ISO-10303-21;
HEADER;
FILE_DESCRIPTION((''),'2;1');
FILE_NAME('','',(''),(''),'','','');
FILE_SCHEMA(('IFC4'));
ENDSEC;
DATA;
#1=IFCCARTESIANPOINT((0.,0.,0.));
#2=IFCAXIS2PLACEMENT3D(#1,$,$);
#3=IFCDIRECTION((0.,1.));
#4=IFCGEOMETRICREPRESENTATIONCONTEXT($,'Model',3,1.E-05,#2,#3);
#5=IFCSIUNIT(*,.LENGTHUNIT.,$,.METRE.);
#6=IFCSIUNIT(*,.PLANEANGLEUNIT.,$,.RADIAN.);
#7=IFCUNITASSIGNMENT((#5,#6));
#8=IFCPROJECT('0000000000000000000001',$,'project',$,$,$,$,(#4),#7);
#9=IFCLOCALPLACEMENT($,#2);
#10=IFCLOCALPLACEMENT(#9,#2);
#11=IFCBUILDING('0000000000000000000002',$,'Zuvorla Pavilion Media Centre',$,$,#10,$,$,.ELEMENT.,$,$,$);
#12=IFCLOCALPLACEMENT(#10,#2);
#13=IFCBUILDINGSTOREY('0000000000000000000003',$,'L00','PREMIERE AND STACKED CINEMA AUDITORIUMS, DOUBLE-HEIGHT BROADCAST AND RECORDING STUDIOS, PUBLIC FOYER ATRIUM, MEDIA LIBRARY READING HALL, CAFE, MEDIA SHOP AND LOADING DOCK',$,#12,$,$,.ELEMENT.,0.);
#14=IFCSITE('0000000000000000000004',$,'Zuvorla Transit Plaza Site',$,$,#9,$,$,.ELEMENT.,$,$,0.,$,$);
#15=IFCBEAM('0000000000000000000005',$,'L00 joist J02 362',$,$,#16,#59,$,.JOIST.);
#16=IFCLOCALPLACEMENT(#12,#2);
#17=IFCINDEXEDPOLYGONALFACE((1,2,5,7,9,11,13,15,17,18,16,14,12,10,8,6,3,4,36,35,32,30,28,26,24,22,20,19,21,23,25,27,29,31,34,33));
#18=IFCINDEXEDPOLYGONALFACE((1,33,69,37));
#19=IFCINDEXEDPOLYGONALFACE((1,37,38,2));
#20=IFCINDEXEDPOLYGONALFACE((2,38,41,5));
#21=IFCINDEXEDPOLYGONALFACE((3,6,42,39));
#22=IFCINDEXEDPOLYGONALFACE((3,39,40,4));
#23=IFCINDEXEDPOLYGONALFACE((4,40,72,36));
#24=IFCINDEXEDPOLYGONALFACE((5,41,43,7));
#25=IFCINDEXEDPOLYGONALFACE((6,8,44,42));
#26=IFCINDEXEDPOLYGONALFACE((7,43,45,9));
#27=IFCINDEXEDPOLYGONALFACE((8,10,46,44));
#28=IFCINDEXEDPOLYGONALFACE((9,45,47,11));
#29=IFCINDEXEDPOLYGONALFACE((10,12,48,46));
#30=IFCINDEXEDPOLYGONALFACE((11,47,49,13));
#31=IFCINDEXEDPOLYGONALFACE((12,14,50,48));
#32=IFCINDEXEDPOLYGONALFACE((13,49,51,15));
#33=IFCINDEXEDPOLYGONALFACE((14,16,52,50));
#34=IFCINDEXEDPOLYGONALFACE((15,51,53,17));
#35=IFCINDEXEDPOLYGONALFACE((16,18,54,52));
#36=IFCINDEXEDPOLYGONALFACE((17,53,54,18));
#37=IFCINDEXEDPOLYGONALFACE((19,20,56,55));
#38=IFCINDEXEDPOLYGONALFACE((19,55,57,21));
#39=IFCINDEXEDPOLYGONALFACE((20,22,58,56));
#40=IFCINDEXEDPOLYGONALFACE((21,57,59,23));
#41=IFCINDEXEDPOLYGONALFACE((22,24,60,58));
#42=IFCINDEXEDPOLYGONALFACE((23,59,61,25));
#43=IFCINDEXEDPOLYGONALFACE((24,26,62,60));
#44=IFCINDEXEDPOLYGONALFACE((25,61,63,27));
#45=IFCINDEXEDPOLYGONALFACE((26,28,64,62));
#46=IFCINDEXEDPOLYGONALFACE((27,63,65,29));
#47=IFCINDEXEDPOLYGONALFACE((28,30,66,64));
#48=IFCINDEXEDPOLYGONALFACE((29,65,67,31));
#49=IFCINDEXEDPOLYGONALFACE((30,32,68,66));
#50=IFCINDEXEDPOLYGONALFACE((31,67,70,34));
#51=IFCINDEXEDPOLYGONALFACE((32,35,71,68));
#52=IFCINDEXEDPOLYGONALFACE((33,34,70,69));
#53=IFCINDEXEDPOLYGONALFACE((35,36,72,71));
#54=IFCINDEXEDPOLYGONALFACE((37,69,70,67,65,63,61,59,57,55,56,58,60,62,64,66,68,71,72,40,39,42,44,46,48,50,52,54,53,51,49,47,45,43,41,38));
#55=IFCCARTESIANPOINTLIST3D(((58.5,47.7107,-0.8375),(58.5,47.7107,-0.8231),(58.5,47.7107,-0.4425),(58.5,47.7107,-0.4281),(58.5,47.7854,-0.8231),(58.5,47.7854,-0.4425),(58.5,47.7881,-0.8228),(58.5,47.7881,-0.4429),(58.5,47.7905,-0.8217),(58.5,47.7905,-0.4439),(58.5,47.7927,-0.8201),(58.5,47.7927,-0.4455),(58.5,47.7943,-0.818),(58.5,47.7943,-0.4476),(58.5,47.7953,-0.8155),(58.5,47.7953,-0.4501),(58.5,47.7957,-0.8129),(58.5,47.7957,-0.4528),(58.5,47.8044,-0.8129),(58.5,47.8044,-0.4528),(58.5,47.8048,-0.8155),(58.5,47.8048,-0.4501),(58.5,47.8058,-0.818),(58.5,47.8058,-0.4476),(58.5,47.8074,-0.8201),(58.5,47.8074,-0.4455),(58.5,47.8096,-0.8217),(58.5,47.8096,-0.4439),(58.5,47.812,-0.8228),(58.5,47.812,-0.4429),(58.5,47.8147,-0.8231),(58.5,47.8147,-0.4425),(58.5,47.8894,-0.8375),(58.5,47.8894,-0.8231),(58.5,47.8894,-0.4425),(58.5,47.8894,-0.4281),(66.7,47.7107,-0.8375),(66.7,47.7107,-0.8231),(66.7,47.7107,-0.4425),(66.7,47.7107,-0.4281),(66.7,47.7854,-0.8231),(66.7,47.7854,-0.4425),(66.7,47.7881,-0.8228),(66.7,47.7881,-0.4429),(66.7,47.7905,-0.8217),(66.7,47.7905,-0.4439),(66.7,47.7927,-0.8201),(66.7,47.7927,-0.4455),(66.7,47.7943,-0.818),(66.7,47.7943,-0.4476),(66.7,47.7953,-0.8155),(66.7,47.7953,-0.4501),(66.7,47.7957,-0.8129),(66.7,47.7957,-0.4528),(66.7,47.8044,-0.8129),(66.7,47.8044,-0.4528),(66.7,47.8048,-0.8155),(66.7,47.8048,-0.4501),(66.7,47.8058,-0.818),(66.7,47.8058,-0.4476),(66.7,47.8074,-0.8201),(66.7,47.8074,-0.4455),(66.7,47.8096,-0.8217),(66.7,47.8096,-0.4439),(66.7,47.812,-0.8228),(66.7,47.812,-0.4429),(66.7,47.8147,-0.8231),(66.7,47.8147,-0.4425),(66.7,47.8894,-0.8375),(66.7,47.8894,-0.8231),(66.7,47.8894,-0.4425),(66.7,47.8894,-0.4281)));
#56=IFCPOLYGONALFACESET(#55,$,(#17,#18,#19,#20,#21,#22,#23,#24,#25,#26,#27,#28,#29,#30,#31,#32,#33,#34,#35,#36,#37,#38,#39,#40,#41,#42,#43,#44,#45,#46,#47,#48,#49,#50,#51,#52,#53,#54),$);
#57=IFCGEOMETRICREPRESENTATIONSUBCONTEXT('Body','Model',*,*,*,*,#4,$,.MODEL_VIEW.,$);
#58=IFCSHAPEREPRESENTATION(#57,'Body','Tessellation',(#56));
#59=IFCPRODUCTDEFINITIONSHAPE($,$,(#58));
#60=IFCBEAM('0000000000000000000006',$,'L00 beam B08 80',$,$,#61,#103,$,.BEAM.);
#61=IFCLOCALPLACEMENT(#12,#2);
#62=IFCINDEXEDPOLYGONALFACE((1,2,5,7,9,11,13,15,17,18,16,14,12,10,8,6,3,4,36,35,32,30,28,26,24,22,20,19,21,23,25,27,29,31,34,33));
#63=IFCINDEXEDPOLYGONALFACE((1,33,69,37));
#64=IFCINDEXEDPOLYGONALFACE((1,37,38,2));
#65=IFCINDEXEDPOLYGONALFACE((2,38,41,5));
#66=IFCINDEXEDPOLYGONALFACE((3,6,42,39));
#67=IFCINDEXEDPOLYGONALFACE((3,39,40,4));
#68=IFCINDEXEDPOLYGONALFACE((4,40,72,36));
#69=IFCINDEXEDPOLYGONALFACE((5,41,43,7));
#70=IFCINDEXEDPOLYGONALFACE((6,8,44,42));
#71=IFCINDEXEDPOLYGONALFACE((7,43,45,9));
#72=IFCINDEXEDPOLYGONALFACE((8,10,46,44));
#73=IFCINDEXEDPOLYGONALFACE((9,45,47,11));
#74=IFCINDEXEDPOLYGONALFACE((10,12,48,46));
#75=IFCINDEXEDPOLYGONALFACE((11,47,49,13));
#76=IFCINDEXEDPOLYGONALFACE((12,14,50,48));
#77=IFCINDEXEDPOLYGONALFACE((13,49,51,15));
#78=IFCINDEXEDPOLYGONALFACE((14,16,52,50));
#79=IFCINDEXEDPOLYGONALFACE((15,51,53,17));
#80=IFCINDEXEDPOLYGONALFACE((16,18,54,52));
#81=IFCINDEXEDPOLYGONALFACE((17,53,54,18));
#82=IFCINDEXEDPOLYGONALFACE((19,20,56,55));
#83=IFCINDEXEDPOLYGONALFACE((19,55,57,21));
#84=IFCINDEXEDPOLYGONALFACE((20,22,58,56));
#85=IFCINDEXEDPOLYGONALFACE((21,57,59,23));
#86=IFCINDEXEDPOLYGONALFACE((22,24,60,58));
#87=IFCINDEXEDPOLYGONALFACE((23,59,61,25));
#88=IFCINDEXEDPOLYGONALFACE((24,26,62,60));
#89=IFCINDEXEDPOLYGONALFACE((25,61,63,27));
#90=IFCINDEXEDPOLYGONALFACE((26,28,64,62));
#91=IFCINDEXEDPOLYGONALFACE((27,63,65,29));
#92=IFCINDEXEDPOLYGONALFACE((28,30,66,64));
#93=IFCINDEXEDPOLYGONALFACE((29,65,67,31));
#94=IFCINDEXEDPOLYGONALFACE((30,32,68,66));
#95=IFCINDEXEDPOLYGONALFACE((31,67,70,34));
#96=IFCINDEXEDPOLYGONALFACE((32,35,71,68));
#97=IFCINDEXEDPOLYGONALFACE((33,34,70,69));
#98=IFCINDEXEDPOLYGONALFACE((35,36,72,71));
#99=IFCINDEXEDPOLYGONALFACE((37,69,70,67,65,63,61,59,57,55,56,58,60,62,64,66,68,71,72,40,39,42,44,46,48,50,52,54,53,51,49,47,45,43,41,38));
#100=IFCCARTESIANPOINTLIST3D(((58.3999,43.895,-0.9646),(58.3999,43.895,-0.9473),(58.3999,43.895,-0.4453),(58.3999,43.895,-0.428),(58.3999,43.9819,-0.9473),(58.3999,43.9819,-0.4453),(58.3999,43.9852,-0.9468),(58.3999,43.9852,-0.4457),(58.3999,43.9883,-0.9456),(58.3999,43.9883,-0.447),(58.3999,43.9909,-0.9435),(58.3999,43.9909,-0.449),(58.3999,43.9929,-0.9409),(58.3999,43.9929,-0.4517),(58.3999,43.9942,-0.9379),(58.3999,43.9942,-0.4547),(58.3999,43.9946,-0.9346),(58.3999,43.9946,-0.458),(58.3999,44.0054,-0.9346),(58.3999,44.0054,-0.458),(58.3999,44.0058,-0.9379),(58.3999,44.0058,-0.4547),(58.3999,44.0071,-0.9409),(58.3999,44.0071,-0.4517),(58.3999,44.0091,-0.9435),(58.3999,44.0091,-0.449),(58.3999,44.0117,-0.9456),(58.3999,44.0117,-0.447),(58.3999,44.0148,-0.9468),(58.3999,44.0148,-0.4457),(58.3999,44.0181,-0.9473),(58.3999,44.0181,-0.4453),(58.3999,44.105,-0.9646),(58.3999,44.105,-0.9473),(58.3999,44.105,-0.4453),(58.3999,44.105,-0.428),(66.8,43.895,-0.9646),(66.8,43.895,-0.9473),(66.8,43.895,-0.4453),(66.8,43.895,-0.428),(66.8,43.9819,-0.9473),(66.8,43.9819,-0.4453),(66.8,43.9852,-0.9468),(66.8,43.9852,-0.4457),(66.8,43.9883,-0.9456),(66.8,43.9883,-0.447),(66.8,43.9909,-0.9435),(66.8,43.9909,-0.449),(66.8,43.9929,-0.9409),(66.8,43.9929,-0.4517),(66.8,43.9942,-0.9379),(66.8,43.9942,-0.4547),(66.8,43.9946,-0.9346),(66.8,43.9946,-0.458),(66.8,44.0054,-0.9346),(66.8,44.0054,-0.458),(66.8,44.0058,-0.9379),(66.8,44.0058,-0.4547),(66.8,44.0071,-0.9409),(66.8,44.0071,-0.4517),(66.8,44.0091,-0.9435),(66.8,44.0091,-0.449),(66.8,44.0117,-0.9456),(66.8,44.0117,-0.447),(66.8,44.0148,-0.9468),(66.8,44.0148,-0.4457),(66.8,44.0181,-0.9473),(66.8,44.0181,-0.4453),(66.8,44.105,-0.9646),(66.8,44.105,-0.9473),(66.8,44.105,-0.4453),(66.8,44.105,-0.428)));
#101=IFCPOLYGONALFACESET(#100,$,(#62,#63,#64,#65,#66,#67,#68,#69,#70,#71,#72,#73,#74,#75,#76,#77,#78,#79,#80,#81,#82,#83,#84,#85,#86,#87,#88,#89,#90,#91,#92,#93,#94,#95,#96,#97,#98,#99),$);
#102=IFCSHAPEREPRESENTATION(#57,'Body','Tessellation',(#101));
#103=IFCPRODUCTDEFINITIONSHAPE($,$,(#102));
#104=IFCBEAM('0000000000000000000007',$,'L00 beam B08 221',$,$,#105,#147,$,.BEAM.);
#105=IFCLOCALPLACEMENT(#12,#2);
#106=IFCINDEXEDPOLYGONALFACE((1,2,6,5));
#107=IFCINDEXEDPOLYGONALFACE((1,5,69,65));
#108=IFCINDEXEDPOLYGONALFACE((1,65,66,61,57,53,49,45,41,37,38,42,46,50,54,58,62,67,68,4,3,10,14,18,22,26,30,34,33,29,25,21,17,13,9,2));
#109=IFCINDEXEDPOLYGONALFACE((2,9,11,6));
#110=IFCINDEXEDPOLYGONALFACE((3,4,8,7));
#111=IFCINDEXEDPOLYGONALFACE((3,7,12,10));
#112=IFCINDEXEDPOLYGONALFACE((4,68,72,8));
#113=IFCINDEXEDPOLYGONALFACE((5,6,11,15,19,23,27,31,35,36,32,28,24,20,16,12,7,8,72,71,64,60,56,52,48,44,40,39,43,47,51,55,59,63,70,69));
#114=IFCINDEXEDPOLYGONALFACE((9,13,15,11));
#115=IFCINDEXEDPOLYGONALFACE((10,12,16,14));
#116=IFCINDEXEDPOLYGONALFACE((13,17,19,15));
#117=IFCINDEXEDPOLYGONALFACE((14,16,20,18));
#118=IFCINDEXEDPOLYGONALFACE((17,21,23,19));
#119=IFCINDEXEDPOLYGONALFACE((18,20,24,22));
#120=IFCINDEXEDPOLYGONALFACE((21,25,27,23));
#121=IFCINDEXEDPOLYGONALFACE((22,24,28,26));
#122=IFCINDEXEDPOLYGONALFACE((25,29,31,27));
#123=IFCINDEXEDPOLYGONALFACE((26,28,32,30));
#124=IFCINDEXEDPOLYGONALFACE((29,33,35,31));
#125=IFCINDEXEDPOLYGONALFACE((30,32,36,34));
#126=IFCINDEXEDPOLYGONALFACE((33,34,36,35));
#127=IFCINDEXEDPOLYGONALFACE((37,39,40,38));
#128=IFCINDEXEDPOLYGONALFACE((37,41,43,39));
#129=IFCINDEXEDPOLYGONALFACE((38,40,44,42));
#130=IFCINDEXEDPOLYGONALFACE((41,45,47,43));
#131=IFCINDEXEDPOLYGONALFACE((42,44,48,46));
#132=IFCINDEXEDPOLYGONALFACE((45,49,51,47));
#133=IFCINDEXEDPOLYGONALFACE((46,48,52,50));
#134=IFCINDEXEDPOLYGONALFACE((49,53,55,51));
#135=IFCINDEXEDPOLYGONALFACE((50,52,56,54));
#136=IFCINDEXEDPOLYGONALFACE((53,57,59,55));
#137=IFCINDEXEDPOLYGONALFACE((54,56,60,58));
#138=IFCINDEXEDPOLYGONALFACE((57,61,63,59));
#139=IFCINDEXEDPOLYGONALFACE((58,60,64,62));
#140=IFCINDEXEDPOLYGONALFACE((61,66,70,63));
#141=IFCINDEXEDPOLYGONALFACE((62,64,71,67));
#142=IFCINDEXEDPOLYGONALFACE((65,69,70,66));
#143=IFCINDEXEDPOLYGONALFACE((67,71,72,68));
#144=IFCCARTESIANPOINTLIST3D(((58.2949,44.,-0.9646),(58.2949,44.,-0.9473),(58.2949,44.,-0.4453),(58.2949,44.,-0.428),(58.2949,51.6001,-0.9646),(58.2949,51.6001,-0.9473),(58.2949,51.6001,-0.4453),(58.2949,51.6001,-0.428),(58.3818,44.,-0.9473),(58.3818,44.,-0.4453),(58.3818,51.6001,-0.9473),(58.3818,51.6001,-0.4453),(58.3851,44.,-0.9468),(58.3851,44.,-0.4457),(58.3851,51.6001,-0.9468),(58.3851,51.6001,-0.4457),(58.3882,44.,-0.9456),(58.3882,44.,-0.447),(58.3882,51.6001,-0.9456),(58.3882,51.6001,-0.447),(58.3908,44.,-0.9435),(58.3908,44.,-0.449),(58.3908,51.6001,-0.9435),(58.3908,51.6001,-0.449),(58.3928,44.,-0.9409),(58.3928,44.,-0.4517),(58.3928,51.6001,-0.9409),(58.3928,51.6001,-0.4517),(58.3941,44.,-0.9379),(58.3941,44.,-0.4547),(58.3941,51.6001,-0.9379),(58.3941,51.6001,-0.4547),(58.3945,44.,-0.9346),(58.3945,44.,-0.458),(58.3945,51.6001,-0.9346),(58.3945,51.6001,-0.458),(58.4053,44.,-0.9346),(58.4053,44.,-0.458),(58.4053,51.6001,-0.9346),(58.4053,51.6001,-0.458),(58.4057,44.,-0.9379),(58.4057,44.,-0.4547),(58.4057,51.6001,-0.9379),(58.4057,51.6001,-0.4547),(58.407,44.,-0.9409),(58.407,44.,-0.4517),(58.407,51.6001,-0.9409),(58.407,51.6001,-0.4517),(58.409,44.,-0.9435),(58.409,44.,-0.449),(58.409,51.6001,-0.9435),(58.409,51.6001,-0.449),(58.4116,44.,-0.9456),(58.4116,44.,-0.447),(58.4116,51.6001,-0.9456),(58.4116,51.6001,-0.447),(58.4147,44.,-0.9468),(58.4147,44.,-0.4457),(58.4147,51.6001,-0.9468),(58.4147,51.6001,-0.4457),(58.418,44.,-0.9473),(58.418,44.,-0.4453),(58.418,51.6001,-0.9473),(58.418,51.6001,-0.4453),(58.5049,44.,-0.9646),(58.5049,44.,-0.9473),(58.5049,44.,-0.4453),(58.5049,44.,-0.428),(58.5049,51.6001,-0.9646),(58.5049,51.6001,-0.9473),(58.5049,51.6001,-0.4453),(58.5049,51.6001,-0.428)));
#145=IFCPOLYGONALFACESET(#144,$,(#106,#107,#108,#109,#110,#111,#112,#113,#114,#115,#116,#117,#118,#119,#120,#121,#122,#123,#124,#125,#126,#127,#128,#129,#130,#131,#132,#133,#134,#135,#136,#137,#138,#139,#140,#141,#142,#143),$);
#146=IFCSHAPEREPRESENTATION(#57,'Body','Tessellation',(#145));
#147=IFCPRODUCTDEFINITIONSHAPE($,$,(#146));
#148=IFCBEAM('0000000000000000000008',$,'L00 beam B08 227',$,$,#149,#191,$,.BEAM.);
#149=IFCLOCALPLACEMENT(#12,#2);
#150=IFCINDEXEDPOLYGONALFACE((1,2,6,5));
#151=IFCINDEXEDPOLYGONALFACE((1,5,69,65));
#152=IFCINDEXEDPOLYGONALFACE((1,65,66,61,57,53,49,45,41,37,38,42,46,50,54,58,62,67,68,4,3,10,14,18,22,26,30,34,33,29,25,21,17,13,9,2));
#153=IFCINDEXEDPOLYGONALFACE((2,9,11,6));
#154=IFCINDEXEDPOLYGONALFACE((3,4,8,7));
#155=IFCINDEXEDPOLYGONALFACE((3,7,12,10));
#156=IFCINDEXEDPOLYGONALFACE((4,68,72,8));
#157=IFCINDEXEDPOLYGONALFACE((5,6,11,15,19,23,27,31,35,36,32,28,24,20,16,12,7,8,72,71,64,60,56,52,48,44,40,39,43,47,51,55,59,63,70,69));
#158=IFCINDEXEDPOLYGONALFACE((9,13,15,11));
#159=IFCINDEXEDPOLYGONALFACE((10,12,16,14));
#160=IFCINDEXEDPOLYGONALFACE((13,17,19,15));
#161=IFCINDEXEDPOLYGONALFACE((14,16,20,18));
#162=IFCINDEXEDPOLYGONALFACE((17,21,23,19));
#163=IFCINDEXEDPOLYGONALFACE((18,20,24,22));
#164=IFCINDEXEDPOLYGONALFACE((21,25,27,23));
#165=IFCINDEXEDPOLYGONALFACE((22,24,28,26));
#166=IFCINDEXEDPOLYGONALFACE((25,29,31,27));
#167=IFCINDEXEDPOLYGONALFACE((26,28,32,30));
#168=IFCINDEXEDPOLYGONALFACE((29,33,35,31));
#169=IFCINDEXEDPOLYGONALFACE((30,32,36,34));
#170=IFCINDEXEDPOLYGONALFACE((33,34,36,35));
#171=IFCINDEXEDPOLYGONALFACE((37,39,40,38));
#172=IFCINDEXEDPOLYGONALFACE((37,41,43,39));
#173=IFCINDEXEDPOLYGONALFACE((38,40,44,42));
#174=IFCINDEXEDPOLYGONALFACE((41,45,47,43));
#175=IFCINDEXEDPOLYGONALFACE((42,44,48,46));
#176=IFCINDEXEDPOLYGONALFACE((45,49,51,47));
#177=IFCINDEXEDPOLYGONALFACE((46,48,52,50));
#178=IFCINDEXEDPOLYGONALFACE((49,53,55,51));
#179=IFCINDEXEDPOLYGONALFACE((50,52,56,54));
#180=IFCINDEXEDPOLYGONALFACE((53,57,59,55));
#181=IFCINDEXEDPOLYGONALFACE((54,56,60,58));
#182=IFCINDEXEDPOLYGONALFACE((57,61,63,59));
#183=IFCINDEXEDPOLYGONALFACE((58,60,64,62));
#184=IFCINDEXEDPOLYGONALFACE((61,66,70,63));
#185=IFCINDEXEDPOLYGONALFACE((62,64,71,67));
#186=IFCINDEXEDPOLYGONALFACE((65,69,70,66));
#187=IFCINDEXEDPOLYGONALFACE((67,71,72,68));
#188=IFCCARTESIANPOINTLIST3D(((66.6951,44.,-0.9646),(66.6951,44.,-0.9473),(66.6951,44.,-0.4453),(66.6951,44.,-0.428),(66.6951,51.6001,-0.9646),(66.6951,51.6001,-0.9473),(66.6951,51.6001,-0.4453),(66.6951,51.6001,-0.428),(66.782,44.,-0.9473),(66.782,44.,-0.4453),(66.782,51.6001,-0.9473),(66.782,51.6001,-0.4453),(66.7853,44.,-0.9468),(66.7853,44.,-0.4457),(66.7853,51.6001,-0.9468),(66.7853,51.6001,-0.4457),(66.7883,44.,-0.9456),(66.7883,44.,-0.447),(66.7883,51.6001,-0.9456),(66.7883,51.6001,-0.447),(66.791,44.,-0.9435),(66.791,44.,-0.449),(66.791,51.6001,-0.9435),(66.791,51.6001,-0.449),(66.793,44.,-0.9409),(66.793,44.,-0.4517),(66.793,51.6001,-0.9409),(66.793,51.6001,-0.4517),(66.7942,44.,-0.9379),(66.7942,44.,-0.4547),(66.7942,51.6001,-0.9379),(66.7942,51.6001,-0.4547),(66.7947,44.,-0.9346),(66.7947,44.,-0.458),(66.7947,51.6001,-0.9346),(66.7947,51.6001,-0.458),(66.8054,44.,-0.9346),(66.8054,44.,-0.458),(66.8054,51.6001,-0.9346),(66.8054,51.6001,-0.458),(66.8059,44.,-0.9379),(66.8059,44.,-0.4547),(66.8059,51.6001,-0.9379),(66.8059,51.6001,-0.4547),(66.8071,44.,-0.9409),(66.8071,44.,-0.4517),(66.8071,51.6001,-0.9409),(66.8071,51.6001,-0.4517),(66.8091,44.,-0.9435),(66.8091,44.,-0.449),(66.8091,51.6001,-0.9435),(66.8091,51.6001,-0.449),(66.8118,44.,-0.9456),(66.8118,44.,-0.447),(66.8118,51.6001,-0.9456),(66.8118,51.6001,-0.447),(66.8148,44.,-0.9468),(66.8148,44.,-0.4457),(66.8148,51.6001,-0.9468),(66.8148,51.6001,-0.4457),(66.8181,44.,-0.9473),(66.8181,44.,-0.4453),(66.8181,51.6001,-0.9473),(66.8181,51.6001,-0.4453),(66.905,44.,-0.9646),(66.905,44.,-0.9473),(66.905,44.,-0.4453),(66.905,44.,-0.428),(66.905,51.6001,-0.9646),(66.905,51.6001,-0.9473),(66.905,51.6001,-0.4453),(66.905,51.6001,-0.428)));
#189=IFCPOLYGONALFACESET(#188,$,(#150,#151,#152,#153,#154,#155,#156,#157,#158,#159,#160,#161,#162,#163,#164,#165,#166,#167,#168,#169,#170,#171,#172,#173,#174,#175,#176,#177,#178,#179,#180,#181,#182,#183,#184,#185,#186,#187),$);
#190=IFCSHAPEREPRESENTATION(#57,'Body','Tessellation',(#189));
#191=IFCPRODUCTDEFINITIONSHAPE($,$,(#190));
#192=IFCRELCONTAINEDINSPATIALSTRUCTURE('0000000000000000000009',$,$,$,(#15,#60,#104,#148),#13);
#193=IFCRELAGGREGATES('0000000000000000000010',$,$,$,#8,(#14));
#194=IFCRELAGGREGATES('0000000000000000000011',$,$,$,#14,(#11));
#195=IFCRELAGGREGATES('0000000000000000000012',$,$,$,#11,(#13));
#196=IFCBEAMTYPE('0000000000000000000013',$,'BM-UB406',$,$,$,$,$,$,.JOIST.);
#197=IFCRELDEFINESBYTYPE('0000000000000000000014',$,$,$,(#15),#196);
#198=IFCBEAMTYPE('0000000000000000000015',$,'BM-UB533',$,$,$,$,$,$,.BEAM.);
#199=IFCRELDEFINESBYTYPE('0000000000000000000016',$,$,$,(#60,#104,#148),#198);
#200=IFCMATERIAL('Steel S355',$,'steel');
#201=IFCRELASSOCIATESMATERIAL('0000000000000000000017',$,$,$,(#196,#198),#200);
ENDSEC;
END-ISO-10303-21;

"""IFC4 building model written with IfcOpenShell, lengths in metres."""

from ifc_helpers import new_model, si_unit, direction, frame, origin, origin_2d, place, context, subcontext, project, spatial, i_section, extrude, material, material_profile, profile_set, type_object, element, save


model = new_model("IFC4")

# Units and contexts
model_context = context("Model", 3, precision=1e-05, world=origin(), true_north=direction((0.0, 1.0)))
body_context = subcontext(model_context, "Body", "Model", "MODEL_VIEW")
ifc_project = project(units=[si_unit("LENGTHUNIT", "METRE"), si_unit("PLANEANGLEUNIT", "RADIAN")], contexts=[model_context])

# Site, building, storey
site_placement = place(None, origin())
site = spatial("IfcSite", under=ifc_project, at=site_placement, Name="Zuvorla Transit Plaza Site", CompositionType="ELEMENT", RefElevation=0.0)
building_placement = place(site_placement, origin())
building = spatial("IfcBuilding", under=site, at=building_placement, Name="Zuvorla Pavilion Media Centre", CompositionType="ELEMENT")
storey_placement = place(building_placement, origin())
storey = spatial("IfcBuildingStorey", under=building, at=storey_placement, Name="L00", Description="PREMIERE AND STACKED CINEMA AUDITORIUMS, DOUBLE-HEIGHT BROADCAST AND RECORDING STUDIOS, PUBLIC FOYER ATRIUM, MEDIA LIBRARY READING HALL, CAFE, MEDIA SHOP AND LOADING DOCK", CompositionType="ELEMENT", Elevation=0.0)

# Beams
ifc_material_1 = material(Name="Steel S355", Category="steel")
ifc_material_profile_1 = material_profile(ifc_material_1, i_section(OverallWidth=0.1787, OverallDepth=0.4094, WebThickness=0.0088, FlangeThickness=0.0144, FilletRadius=0.0103, at=origin_2d()), Name="UB 406x178x67")
ifc_profile_set_1 = profile_set([ifc_material_profile_1], Name="Steel S355")
beam_type_1 = type_object("IfcBeamType", Name="BM-UB406", PredefinedType="JOIST", material=ifc_profile_set_1)
for number, where, z_axis, x_axis, name in (
    (1, (58.5, 47.8, -0.6328), (1.0, 0.0, 0.0), (0.0, 1.0, 0.0), "L00 joist J02 362"),
):
    element("IfcBeam", number, at=place(storey_placement, frame(where, z_axis=z_axis, x_axis=x_axis)), inside=storey, type_object=beam_type_1, Name=name, PredefinedType="JOIST", context=body_context, shape_type="SweptSolid", body=[
        extrude(i_section(OverallWidth=0.1787, OverallDepth=0.4094, WebThickness=0.0088, FlangeThickness=0.0144, FilletRadius=0.0103, at=origin_2d()), origin(), (0.0, 0.0, 1.0), 8.2),
    ])
ifc_material_profile_2 = material_profile(ifc_material_1, i_section(OverallWidth=0.21, OverallDepth=0.5366, WebThickness=0.0107, FlangeThickness=0.0173, FilletRadius=0.0127, at=origin_2d()), Name="UB 533x210x101")
ifc_profile_set_2 = profile_set([ifc_material_profile_2], Name="Steel S355")
beam_type_2 = type_object("IfcBeamType", Name="BM-UB533", PredefinedType="BEAM", material=ifc_profile_set_2)
beam_1_placement = place(storey_placement, frame((58.3999, 44.0, -0.6963), z_axis=(1.0, 0.0, 0.0), x_axis=(0.0, 1.0, 0.0)))
element("IfcBeam", 2, at=beam_1_placement, inside=storey, type_object=beam_type_2, Name="L00 beam B08 80", PredefinedType="BEAM", context=body_context, shape_type="SweptSolid", body=[
    extrude(i_section(OverallWidth=0.21, OverallDepth=0.5366, WebThickness=0.0107, FlangeThickness=0.0173, FilletRadius=0.0127, at=origin_2d()), origin(), (0.0, 0.0, 1.0), 8.4001),
])
for number, where, z_axis, x_axis, name in (
    (3, (58.3999, 44.0, -0.6963), (0.0, 1.0, 0.0), (-1.0, 0.0, 0.0), "L00 beam B08 221"),
    (4, (66.8, 44.0, -0.6963), (0.0, 1.0, 0.0), (-1.0, 0.0, 0.0), "L00 beam B08 227"),
):
    element("IfcBeam", number, at=place(storey_placement, frame(where, z_axis=z_axis, x_axis=x_axis)), inside=storey, type_object=beam_type_2, Name=name, PredefinedType="BEAM", context=body_context, shape_type="SweptSolid", body=[
        extrude(i_section(OverallWidth=0.21, OverallDepth=0.5366, WebThickness=0.0107, FlangeThickness=0.0173, FilletRadius=0.0127, at=origin_2d()), origin(), (0.0, 0.0, 1.0), 7.6001),
    ])

save(model, "model.ifc")
